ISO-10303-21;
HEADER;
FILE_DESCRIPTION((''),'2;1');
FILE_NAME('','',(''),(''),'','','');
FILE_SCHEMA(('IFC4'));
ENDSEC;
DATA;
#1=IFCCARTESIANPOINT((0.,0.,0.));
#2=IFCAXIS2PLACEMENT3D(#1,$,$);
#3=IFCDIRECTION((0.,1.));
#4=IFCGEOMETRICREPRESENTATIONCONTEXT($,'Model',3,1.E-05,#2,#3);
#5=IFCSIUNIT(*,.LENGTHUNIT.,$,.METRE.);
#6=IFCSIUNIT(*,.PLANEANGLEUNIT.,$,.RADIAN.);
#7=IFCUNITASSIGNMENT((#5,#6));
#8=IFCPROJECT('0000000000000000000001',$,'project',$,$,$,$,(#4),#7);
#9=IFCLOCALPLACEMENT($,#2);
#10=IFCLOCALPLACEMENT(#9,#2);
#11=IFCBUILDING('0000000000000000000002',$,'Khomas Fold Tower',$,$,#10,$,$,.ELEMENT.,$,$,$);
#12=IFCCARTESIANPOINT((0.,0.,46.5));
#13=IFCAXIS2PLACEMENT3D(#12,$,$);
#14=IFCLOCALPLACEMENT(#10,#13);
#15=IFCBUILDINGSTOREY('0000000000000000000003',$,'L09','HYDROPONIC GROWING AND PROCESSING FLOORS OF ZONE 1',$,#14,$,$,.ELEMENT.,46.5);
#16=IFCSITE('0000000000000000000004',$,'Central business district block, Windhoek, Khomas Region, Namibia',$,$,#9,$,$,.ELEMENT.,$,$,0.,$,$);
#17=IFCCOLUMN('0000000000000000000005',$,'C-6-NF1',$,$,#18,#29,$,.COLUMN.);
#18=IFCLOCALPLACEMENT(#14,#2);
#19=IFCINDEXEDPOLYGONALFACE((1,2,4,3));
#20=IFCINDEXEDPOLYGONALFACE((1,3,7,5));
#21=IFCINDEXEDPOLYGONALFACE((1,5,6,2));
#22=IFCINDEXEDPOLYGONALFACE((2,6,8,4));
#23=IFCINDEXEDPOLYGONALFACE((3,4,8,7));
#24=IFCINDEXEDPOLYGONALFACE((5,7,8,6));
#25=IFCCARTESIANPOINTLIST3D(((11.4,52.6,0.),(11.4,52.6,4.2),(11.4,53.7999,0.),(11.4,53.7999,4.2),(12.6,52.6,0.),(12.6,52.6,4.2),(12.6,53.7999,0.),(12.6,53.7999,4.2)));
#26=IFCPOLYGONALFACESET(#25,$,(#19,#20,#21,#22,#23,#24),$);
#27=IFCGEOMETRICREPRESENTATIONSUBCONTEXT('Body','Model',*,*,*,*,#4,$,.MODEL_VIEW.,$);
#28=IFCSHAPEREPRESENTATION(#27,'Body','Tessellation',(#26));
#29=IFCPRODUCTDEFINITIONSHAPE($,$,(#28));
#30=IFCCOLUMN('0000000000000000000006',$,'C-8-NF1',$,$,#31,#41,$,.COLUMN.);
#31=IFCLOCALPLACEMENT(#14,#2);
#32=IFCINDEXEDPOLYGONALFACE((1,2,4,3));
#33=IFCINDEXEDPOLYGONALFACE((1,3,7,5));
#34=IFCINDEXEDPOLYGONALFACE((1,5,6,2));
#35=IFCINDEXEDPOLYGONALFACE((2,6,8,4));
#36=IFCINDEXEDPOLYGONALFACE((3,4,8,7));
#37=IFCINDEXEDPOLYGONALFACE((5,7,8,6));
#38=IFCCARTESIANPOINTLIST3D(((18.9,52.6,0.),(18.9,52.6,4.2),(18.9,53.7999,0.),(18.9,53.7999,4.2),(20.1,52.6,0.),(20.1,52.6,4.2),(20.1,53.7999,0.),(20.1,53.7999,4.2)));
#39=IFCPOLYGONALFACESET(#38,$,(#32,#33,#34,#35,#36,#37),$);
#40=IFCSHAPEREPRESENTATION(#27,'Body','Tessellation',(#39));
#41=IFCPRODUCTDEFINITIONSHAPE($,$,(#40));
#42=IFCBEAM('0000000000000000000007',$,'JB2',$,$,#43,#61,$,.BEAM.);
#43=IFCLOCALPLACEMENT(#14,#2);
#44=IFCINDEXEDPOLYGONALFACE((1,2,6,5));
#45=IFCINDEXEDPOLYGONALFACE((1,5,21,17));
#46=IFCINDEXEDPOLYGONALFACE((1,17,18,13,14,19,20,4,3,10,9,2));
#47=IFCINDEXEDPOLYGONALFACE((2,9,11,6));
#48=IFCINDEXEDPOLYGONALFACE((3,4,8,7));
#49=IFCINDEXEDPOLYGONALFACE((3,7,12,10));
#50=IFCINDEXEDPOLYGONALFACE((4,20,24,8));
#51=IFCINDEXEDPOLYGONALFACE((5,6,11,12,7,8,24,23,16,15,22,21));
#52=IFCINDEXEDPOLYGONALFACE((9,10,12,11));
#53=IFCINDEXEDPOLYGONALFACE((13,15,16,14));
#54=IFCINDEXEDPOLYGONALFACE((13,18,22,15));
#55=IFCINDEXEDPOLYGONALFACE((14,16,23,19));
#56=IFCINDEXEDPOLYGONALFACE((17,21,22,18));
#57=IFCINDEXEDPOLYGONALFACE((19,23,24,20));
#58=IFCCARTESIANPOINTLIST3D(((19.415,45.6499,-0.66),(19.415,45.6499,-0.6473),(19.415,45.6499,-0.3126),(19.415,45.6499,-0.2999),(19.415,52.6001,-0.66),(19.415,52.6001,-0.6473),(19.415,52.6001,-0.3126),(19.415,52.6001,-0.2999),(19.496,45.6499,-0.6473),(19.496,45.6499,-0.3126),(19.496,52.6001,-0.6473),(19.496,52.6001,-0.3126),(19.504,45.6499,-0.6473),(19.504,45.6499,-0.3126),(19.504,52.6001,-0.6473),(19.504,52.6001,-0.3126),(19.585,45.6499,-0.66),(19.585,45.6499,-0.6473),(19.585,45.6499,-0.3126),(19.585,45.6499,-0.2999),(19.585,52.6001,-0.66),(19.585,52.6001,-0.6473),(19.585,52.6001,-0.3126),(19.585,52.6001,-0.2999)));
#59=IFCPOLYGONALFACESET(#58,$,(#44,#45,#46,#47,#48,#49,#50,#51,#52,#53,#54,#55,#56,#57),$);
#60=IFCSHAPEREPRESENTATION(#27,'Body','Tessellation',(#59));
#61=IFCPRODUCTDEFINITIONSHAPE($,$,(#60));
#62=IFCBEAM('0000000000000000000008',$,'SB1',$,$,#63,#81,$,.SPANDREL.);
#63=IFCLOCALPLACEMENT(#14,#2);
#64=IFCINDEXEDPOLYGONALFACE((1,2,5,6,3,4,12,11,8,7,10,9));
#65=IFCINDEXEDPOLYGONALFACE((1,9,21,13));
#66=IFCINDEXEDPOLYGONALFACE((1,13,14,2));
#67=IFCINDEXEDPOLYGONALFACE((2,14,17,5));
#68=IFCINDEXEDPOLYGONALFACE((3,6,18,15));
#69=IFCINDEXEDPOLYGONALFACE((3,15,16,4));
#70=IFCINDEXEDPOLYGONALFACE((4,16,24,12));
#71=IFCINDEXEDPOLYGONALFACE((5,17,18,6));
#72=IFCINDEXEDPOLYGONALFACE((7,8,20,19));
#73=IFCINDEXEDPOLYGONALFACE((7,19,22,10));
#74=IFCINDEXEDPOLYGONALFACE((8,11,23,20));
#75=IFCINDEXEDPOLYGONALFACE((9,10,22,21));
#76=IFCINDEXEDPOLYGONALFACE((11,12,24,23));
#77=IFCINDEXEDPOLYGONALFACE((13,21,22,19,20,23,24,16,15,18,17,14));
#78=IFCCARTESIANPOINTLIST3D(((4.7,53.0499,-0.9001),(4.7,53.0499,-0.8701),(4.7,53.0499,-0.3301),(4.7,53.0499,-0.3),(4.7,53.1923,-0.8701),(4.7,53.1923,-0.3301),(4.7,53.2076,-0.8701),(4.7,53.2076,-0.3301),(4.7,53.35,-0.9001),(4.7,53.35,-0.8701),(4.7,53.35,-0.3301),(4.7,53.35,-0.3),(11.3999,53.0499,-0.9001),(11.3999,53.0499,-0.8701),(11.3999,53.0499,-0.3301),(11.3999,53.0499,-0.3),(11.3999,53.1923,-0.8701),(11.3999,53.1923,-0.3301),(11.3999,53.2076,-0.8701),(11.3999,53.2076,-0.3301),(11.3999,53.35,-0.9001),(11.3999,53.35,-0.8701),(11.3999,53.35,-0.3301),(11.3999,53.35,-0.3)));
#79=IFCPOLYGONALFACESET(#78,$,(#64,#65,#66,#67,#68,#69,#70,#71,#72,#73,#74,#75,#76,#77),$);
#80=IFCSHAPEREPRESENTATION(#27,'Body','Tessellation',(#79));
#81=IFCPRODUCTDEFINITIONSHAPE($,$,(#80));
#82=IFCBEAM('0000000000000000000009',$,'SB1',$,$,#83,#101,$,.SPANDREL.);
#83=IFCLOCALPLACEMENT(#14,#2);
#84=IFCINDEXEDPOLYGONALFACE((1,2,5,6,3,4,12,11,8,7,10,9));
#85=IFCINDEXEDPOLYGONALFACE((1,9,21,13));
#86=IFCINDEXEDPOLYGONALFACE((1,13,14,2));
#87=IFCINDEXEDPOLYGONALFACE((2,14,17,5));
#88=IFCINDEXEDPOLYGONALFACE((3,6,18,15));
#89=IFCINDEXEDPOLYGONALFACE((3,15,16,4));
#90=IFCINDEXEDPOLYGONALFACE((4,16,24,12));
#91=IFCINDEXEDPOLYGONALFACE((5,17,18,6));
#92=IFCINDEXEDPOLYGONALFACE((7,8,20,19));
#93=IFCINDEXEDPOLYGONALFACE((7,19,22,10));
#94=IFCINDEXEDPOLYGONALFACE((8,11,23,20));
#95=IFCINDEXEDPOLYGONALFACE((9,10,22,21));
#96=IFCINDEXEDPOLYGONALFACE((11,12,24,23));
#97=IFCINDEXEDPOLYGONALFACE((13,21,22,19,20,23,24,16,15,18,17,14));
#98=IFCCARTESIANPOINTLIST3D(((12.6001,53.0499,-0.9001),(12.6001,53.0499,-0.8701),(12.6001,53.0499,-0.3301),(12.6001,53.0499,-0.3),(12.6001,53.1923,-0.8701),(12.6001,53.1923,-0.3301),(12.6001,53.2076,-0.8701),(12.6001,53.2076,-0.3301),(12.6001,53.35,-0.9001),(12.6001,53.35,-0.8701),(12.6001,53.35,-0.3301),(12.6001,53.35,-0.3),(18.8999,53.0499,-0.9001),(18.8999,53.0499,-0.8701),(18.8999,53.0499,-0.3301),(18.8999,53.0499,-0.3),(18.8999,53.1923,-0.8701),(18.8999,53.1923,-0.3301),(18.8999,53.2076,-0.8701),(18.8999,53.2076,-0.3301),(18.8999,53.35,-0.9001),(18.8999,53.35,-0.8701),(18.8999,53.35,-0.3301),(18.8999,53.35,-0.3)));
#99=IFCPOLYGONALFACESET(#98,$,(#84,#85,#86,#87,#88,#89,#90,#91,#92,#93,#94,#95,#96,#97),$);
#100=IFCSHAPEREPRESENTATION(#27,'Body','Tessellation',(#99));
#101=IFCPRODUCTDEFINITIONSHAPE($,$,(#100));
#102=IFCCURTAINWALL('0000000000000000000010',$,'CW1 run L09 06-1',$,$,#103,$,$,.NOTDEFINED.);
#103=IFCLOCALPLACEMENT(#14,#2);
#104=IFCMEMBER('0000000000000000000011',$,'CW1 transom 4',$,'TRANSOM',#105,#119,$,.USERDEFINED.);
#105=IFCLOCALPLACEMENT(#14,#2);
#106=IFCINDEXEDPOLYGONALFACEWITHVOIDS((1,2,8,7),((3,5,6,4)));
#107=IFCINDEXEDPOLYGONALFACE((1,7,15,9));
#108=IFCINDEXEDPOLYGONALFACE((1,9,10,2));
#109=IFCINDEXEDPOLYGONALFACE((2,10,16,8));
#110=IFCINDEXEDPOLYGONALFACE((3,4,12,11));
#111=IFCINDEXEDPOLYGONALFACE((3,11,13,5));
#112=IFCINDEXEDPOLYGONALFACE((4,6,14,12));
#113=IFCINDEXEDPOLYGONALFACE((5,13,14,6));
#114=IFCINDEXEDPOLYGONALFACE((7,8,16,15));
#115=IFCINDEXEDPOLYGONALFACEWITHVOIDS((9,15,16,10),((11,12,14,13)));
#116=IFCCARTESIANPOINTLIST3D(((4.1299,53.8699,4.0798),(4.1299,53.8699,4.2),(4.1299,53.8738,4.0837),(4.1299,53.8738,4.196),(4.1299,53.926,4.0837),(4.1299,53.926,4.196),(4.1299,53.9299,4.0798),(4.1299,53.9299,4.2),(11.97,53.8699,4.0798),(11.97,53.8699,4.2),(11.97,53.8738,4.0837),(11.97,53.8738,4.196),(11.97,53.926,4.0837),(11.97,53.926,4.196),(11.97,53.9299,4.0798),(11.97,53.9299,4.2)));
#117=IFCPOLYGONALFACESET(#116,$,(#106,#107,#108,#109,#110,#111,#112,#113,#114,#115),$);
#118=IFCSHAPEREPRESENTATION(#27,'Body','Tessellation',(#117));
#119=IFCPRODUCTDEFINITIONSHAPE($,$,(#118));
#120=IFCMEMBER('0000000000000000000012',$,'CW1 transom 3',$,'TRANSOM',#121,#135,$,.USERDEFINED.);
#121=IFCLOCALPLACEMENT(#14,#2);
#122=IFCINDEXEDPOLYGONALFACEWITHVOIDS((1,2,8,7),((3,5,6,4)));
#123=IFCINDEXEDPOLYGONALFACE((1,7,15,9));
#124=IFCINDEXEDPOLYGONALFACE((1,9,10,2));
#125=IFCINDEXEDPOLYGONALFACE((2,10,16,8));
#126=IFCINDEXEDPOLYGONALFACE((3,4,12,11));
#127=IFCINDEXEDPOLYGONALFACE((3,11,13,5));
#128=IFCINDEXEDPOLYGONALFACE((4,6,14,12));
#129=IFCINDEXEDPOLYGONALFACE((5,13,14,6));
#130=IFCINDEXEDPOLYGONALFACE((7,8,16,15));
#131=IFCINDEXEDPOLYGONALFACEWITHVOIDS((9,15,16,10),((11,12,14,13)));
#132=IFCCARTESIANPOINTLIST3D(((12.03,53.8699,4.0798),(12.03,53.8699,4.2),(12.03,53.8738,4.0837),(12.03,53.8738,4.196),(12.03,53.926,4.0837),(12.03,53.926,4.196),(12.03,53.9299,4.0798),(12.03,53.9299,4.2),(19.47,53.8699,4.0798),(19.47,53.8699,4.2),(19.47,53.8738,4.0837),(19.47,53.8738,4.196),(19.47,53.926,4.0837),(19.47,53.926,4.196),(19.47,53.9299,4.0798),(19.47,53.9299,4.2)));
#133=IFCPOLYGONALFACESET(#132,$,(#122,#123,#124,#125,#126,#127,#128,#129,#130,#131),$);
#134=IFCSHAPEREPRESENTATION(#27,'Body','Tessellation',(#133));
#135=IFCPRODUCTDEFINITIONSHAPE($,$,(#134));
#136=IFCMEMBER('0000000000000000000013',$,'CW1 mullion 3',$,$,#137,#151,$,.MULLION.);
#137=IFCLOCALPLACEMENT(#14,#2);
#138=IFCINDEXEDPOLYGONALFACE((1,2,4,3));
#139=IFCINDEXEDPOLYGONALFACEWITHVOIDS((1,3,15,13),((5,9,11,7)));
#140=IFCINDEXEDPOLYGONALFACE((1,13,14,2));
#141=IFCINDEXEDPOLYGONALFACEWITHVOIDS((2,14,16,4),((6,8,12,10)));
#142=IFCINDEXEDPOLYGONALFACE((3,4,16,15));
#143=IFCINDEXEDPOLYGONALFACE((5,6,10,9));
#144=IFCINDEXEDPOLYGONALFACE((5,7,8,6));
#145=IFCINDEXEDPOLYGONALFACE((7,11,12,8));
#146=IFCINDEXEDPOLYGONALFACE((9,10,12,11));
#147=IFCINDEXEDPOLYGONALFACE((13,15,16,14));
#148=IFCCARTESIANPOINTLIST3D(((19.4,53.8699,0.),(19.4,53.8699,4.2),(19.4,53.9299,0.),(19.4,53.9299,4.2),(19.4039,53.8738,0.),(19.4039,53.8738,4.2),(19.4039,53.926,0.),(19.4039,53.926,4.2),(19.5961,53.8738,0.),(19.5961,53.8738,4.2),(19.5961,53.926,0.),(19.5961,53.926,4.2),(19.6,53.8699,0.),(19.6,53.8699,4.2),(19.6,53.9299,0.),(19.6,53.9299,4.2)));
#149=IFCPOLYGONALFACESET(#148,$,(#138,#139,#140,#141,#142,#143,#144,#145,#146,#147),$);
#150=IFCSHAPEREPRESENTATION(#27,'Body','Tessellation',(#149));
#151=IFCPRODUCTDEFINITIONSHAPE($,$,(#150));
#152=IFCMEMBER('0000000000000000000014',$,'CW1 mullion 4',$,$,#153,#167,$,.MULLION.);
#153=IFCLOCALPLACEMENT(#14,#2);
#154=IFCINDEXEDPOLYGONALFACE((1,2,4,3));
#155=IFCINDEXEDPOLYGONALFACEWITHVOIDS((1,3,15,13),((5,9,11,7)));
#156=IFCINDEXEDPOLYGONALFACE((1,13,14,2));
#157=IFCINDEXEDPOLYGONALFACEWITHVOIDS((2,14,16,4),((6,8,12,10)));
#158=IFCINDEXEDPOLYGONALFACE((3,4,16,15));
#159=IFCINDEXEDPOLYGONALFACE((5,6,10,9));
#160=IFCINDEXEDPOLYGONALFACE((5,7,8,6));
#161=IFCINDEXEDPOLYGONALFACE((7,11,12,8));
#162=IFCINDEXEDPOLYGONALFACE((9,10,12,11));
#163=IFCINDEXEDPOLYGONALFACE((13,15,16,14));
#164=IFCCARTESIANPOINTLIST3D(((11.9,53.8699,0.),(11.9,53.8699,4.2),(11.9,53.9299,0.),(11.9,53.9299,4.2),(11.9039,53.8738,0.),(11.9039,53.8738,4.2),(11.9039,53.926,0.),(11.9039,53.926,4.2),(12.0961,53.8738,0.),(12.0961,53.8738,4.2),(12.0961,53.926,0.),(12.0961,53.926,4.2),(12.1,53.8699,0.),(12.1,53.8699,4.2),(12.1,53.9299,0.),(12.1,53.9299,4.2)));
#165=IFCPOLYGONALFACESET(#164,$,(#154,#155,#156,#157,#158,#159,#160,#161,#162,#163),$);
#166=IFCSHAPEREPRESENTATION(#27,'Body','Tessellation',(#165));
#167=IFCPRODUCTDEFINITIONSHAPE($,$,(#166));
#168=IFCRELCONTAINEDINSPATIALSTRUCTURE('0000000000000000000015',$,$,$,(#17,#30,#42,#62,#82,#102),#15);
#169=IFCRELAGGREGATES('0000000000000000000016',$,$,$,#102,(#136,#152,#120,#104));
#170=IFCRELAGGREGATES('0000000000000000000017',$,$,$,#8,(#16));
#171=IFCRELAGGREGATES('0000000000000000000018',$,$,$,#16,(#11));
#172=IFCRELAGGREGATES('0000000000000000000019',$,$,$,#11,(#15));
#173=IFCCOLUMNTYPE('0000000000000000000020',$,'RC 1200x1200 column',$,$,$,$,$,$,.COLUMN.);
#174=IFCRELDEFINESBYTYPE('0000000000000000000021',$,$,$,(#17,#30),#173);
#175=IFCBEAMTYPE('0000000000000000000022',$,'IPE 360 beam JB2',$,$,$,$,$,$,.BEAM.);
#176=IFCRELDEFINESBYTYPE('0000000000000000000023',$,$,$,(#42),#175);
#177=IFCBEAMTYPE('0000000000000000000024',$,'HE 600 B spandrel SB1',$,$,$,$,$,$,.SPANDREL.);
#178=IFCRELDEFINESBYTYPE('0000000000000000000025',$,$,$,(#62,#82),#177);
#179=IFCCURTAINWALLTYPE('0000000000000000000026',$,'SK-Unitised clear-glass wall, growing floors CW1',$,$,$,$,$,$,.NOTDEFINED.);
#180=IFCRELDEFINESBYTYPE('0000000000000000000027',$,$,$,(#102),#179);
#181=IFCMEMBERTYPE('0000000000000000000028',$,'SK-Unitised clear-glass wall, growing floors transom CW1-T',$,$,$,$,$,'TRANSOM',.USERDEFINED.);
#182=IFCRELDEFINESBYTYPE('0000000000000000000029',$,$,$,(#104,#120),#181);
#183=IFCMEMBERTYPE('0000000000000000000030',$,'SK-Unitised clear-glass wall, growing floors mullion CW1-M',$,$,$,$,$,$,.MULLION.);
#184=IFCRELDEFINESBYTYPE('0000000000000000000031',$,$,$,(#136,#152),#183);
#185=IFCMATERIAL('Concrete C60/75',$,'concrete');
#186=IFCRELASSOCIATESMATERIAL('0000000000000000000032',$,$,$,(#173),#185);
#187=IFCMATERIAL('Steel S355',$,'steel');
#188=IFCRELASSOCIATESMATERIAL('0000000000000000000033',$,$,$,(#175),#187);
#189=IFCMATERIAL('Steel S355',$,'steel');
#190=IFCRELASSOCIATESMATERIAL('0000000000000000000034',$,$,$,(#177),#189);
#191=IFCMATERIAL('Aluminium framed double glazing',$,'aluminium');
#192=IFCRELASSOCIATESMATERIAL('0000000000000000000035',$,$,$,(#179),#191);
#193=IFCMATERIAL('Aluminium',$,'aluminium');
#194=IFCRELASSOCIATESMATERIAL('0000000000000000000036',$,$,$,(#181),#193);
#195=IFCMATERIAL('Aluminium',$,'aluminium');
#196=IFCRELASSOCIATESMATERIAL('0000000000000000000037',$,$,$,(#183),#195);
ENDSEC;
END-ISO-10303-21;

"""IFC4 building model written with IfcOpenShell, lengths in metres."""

from ifc_helpers import new_model, si_unit, direction, frame, origin, origin_2d, place, context, subcontext, project, spatial, rectangle, hollow_rectangle, i_section, extrude, source, transform, mapped, material, material_profile, profile_set, type_object, element, aggregate, save


model = new_model("IFC4")

# Units and contexts
model_context = context("Model", 3, precision=1e-05, world=origin(), true_north=direction((0.0, 1.0)))
body_context = subcontext(model_context, "Body", "Model", "MODEL_VIEW")
ifc_project = project(units=[si_unit("LENGTHUNIT", "METRE"), si_unit("PLANEANGLEUNIT", "RADIAN")], contexts=[model_context])

# Site, building, storey
site_placement = place(None, origin())
site = spatial("IfcSite", under=ifc_project, at=site_placement, Name="Central business district block, Windhoek, Khomas Region, Namibia", CompositionType="ELEMENT", RefElevation=0.0)
building_placement = place(site_placement, origin())
building = spatial("IfcBuilding", under=site, at=building_placement, Name="Khomas Fold Tower", CompositionType="ELEMENT")
storey_placement = place(building_placement, frame((0.0, 0.0, 46.5)))
storey = spatial("IfcBuildingStorey", under=building, at=storey_placement, Name="L09", Description="HYDROPONIC GROWING AND PROCESSING FLOORS OF ZONE 1", CompositionType="ELEMENT", Elevation=46.5)

# Columns
ifc_material_1 = material(Name="Concrete C60/75", Category="concrete")
ifc_material_profile_1 = material_profile(ifc_material_1, rectangle(XDim=1.2, YDim=1.2, at=origin_2d()), Name="RC 1200x1200")
ifc_profile_set_1 = profile_set([ifc_material_profile_1], Name="Concrete C60/75")
column_type = type_object("IfcColumnType", Name="RC 1200x1200 column", PredefinedType="COLUMN", material=ifc_profile_set_1)
shared_shape_1 = source(origin(), body_context, "Body", "SweptSolid", [
    extrude(rectangle(XDim=1.2, YDim=1.2, at=origin_2d()), origin(), (0.0, 0.0, 1.0), 4.2),
])
for number, where, z_axis, x_axis, name in (
    (1, (12.0, 53.2, 0.0), (0.0, 0.0, 1.0), (1.0, 0.0, 0.0), "C-6-NF1"),
    (2, (19.5, 53.2, 0.0), (0.0, 0.0, 1.0), (1.0, 0.0, 0.0), "C-8-NF1"),
):
    element("IfcColumn", number, at=place(storey_placement, frame(where, z_axis=z_axis, x_axis=x_axis)), inside=storey, type_object=column_type, Name=name, PredefinedType="COLUMN", context=body_context, shape_type="MappedRepresentation", body=[
        mapped(shared_shape_1, transform((0.0, 0.0, 0.0))),
    ])

# Beams
ifc_material_2 = material(Name="Steel S355", Category="steel")
ifc_material_profile_2 = material_profile(ifc_material_2, i_section(OverallWidth=0.1699, OverallDepth=0.3601, WebThickness=0.0081, FlangeThickness=0.0127, at=origin_2d()), Name="IPE 360")
ifc_profile_set_2 = profile_set([ifc_material_profile_2], Name="Steel S355")
beam_type_1 = type_object("IfcBeamType", Name="IPE 360 beam JB2", PredefinedType="BEAM", material=ifc_profile_set_2)
shared_shape_2 = source(origin(), body_context, "Body", "SweptSolid", [
    extrude(i_section(OverallWidth=0.1699, OverallDepth=0.3601, WebThickness=0.0081, FlangeThickness=0.0127, at=origin_2d()), origin(), (0.0, 0.0, 1.0), 6.9502),
])
beam_1_placement = place(storey_placement, frame((19.5, 45.6499, -0.48), z_axis=(0.0, 1.0, 0.0), x_axis=(-1.0, 0.0, 0.0)))
element("IfcBeam", 3, at=beam_1_placement, inside=storey, type_object=beam_type_1, Name="JB2", PredefinedType="BEAM", context=body_context, shape_type="MappedRepresentation", body=[
    mapped(shared_shape_2, transform((0.0, 0.0, 0.0))),
])
ifc_material_3 = material(Name="Steel S355", Category="steel")
ifc_material_profile_3 = material_profile(ifc_material_3, i_section(OverallWidth=0.3, OverallDepth=0.6001, WebThickness=0.0154, FlangeThickness=0.03, at=origin_2d()), Name="HE 600 B")
ifc_profile_set_3 = profile_set([ifc_material_profile_3], Name="Steel S355")
beam_type_2 = type_object("IfcBeamType", Name="HE 600 B spandrel SB1", PredefinedType="SPANDREL", material=ifc_profile_set_3)
shared_shape_3 = source(origin(), body_context, "Body", "SweptSolid", [
    extrude(i_section(OverallWidth=0.3, OverallDepth=0.6001, WebThickness=0.0154, FlangeThickness=0.03, at=origin_2d()), origin(), (0.0, 0.0, 1.0), 6.7),
])
beam_2_placement = place(storey_placement, frame((4.7, 53.2, -0.6001), z_axis=(1.0, 0.0, 0.0), x_axis=(0.0, 1.0, 0.0)))
element("IfcBeam", 4, at=beam_2_placement, inside=storey, type_object=beam_type_2, Name="SB1", PredefinedType="SPANDREL", context=body_context, shape_type="MappedRepresentation", body=[
    mapped(shared_shape_3, transform((0.0, 0.0, 0.0))),
])
shared_shape_4 = source(origin(), body_context, "Body", "SweptSolid", [
    extrude(i_section(OverallWidth=0.3, OverallDepth=0.6001, WebThickness=0.0154, FlangeThickness=0.03, at=origin_2d()), origin(), (0.0, 0.0, 1.0), 6.2998),
])
beam_3_placement = place(storey_placement, frame((12.6001, 53.2, -0.6001), z_axis=(1.0, 0.0, 0.0), x_axis=(0.0, 1.0, 0.0)))
element("IfcBeam", 5, at=beam_3_placement, inside=storey, type_object=beam_type_2, Name="SB1", PredefinedType="SPANDREL", context=body_context, shape_type="MappedRepresentation", body=[
    mapped(shared_shape_4, transform((0.0, 0.0, 0.0))),
])

# Curtain wall, members
ifc_material_4 = material(Name="Aluminium framed double glazing", Category="aluminium")
curtain_wall_type = type_object("IfcCurtainWallType", Name="SK-Unitised clear-glass wall, growing floors CW1", PredefinedType="NOTDEFINED", material=ifc_material_4)
curtain_wall_placement = place(storey_placement, origin())
curtain_wall = element("IfcCurtainWall", 6, at=curtain_wall_placement, inside=storey, type_object=curtain_wall_type, Name="CW1 run L09 06-1", PredefinedType="NOTDEFINED")
ifc_material_5 = material(Name="Aluminium", Category="aluminium")
ifc_material_profile_4 = material_profile(ifc_material_5, hollow_rectangle(XDim=0.0601, YDim=0.1201, WallThickness=0.0039, at=origin_2d()), Name="SK-Unitised clear-glass wall, growing floors transom CW1-T")
ifc_profile_set_4 = profile_set([ifc_material_profile_4], Name="Aluminium")
member_type_1 = type_object("IfcMemberType", Name="SK-Unitised clear-glass wall, growing floors transom CW1-T", ElementType="TRANSOM", PredefinedType="USERDEFINED", material=ifc_profile_set_4)
shared_shape_5 = source(origin(), body_context, "Body", "SweptSolid", [
    extrude(hollow_rectangle(XDim=0.0601, YDim=0.1201, WallThickness=0.0039, at=origin_2d()), origin(), (0.0, 0.0, 1.0), 7.8401),
])
member_1_placement = place(storey_placement, frame((11.97, 53.8999, 4.1399), z_axis=(-1.0, 0.0, 0.0), x_axis=(0.0, -1.0, 0.0)))
member_1 = element("IfcMember", 7, at=member_1_placement, type_object=member_type_1, Name="CW1 transom 4", ObjectType="TRANSOM", PredefinedType="USERDEFINED", context=body_context, shape_type="MappedRepresentation", body=[
    mapped(shared_shape_5, transform((0.0, 0.0, 0.0))),
])
shared_shape_6 = source(origin(), body_context, "Body", "SweptSolid", [
    extrude(hollow_rectangle(XDim=0.0601, YDim=0.1201, WallThickness=0.0039, at=origin_2d()), origin(), (0.0, 0.0, 1.0), 7.4399),
])
member_2_placement = place(storey_placement, frame((19.47, 53.8999, 4.1399), z_axis=(-1.0, 0.0, 0.0), x_axis=(0.0, -1.0, 0.0)))
member_2 = element("IfcMember", 8, at=member_2_placement, type_object=member_type_1, Name="CW1 transom 3", ObjectType="TRANSOM", PredefinedType="USERDEFINED", context=body_context, shape_type="MappedRepresentation", body=[
    mapped(shared_shape_6, transform((0.0, 0.0, 0.0))),
])
ifc_material_6 = material(Name="Aluminium", Category="aluminium")
ifc_material_profile_5 = material_profile(ifc_material_6, hollow_rectangle(XDim=0.0601, YDim=0.2, WallThickness=0.0039, at=origin_2d()), Name="SK-Unitised clear-glass wall, growing floors mullion CW1-M")
ifc_profile_set_5 = profile_set([ifc_material_profile_5], Name="Aluminium")
member_type_2 = type_object("IfcMemberType", Name="SK-Unitised clear-glass wall, growing floors mullion CW1-M", PredefinedType="MULLION", material=ifc_profile_set_5)
shared_shape_7 = source(origin(), body_context, "Body", "SweptSolid", [
    extrude(hollow_rectangle(XDim=0.0601, YDim=0.2, WallThickness=0.0039, at=origin_2d()), origin(), (0.0, 0.0, 1.0), 4.2),
])
member_3_placement = place(storey_placement, frame((19.5, 53.8999, 0.0), z_axis=(0.0, 0.0, 1.0), x_axis=(0.0, -1.0, 0.0)))
member_3 = element("IfcMember", 9, at=member_3_placement, type_object=member_type_2, Name="CW1 mullion 3", PredefinedType="MULLION", context=body_context, shape_type="MappedRepresentation", body=[
    mapped(shared_shape_7, transform((0.0, 0.0, 0.0))),
])
member_4_placement = place(storey_placement, frame((12.0, 53.8999, 0.0), z_axis=(0.0, 0.0, 1.0), x_axis=(0.0, -1.0, 0.0)))
member_4 = element("IfcMember", 10, at=member_4_placement, type_object=member_type_2, Name="CW1 mullion 4", PredefinedType="MULLION", context=body_context, shape_type="MappedRepresentation", body=[
    mapped(shared_shape_7, transform((0.0, 0.0, 0.0))),
])

aggregate(curtain_wall, [member_3, member_4, member_2, member_1])

save(model, "model.ifc")
